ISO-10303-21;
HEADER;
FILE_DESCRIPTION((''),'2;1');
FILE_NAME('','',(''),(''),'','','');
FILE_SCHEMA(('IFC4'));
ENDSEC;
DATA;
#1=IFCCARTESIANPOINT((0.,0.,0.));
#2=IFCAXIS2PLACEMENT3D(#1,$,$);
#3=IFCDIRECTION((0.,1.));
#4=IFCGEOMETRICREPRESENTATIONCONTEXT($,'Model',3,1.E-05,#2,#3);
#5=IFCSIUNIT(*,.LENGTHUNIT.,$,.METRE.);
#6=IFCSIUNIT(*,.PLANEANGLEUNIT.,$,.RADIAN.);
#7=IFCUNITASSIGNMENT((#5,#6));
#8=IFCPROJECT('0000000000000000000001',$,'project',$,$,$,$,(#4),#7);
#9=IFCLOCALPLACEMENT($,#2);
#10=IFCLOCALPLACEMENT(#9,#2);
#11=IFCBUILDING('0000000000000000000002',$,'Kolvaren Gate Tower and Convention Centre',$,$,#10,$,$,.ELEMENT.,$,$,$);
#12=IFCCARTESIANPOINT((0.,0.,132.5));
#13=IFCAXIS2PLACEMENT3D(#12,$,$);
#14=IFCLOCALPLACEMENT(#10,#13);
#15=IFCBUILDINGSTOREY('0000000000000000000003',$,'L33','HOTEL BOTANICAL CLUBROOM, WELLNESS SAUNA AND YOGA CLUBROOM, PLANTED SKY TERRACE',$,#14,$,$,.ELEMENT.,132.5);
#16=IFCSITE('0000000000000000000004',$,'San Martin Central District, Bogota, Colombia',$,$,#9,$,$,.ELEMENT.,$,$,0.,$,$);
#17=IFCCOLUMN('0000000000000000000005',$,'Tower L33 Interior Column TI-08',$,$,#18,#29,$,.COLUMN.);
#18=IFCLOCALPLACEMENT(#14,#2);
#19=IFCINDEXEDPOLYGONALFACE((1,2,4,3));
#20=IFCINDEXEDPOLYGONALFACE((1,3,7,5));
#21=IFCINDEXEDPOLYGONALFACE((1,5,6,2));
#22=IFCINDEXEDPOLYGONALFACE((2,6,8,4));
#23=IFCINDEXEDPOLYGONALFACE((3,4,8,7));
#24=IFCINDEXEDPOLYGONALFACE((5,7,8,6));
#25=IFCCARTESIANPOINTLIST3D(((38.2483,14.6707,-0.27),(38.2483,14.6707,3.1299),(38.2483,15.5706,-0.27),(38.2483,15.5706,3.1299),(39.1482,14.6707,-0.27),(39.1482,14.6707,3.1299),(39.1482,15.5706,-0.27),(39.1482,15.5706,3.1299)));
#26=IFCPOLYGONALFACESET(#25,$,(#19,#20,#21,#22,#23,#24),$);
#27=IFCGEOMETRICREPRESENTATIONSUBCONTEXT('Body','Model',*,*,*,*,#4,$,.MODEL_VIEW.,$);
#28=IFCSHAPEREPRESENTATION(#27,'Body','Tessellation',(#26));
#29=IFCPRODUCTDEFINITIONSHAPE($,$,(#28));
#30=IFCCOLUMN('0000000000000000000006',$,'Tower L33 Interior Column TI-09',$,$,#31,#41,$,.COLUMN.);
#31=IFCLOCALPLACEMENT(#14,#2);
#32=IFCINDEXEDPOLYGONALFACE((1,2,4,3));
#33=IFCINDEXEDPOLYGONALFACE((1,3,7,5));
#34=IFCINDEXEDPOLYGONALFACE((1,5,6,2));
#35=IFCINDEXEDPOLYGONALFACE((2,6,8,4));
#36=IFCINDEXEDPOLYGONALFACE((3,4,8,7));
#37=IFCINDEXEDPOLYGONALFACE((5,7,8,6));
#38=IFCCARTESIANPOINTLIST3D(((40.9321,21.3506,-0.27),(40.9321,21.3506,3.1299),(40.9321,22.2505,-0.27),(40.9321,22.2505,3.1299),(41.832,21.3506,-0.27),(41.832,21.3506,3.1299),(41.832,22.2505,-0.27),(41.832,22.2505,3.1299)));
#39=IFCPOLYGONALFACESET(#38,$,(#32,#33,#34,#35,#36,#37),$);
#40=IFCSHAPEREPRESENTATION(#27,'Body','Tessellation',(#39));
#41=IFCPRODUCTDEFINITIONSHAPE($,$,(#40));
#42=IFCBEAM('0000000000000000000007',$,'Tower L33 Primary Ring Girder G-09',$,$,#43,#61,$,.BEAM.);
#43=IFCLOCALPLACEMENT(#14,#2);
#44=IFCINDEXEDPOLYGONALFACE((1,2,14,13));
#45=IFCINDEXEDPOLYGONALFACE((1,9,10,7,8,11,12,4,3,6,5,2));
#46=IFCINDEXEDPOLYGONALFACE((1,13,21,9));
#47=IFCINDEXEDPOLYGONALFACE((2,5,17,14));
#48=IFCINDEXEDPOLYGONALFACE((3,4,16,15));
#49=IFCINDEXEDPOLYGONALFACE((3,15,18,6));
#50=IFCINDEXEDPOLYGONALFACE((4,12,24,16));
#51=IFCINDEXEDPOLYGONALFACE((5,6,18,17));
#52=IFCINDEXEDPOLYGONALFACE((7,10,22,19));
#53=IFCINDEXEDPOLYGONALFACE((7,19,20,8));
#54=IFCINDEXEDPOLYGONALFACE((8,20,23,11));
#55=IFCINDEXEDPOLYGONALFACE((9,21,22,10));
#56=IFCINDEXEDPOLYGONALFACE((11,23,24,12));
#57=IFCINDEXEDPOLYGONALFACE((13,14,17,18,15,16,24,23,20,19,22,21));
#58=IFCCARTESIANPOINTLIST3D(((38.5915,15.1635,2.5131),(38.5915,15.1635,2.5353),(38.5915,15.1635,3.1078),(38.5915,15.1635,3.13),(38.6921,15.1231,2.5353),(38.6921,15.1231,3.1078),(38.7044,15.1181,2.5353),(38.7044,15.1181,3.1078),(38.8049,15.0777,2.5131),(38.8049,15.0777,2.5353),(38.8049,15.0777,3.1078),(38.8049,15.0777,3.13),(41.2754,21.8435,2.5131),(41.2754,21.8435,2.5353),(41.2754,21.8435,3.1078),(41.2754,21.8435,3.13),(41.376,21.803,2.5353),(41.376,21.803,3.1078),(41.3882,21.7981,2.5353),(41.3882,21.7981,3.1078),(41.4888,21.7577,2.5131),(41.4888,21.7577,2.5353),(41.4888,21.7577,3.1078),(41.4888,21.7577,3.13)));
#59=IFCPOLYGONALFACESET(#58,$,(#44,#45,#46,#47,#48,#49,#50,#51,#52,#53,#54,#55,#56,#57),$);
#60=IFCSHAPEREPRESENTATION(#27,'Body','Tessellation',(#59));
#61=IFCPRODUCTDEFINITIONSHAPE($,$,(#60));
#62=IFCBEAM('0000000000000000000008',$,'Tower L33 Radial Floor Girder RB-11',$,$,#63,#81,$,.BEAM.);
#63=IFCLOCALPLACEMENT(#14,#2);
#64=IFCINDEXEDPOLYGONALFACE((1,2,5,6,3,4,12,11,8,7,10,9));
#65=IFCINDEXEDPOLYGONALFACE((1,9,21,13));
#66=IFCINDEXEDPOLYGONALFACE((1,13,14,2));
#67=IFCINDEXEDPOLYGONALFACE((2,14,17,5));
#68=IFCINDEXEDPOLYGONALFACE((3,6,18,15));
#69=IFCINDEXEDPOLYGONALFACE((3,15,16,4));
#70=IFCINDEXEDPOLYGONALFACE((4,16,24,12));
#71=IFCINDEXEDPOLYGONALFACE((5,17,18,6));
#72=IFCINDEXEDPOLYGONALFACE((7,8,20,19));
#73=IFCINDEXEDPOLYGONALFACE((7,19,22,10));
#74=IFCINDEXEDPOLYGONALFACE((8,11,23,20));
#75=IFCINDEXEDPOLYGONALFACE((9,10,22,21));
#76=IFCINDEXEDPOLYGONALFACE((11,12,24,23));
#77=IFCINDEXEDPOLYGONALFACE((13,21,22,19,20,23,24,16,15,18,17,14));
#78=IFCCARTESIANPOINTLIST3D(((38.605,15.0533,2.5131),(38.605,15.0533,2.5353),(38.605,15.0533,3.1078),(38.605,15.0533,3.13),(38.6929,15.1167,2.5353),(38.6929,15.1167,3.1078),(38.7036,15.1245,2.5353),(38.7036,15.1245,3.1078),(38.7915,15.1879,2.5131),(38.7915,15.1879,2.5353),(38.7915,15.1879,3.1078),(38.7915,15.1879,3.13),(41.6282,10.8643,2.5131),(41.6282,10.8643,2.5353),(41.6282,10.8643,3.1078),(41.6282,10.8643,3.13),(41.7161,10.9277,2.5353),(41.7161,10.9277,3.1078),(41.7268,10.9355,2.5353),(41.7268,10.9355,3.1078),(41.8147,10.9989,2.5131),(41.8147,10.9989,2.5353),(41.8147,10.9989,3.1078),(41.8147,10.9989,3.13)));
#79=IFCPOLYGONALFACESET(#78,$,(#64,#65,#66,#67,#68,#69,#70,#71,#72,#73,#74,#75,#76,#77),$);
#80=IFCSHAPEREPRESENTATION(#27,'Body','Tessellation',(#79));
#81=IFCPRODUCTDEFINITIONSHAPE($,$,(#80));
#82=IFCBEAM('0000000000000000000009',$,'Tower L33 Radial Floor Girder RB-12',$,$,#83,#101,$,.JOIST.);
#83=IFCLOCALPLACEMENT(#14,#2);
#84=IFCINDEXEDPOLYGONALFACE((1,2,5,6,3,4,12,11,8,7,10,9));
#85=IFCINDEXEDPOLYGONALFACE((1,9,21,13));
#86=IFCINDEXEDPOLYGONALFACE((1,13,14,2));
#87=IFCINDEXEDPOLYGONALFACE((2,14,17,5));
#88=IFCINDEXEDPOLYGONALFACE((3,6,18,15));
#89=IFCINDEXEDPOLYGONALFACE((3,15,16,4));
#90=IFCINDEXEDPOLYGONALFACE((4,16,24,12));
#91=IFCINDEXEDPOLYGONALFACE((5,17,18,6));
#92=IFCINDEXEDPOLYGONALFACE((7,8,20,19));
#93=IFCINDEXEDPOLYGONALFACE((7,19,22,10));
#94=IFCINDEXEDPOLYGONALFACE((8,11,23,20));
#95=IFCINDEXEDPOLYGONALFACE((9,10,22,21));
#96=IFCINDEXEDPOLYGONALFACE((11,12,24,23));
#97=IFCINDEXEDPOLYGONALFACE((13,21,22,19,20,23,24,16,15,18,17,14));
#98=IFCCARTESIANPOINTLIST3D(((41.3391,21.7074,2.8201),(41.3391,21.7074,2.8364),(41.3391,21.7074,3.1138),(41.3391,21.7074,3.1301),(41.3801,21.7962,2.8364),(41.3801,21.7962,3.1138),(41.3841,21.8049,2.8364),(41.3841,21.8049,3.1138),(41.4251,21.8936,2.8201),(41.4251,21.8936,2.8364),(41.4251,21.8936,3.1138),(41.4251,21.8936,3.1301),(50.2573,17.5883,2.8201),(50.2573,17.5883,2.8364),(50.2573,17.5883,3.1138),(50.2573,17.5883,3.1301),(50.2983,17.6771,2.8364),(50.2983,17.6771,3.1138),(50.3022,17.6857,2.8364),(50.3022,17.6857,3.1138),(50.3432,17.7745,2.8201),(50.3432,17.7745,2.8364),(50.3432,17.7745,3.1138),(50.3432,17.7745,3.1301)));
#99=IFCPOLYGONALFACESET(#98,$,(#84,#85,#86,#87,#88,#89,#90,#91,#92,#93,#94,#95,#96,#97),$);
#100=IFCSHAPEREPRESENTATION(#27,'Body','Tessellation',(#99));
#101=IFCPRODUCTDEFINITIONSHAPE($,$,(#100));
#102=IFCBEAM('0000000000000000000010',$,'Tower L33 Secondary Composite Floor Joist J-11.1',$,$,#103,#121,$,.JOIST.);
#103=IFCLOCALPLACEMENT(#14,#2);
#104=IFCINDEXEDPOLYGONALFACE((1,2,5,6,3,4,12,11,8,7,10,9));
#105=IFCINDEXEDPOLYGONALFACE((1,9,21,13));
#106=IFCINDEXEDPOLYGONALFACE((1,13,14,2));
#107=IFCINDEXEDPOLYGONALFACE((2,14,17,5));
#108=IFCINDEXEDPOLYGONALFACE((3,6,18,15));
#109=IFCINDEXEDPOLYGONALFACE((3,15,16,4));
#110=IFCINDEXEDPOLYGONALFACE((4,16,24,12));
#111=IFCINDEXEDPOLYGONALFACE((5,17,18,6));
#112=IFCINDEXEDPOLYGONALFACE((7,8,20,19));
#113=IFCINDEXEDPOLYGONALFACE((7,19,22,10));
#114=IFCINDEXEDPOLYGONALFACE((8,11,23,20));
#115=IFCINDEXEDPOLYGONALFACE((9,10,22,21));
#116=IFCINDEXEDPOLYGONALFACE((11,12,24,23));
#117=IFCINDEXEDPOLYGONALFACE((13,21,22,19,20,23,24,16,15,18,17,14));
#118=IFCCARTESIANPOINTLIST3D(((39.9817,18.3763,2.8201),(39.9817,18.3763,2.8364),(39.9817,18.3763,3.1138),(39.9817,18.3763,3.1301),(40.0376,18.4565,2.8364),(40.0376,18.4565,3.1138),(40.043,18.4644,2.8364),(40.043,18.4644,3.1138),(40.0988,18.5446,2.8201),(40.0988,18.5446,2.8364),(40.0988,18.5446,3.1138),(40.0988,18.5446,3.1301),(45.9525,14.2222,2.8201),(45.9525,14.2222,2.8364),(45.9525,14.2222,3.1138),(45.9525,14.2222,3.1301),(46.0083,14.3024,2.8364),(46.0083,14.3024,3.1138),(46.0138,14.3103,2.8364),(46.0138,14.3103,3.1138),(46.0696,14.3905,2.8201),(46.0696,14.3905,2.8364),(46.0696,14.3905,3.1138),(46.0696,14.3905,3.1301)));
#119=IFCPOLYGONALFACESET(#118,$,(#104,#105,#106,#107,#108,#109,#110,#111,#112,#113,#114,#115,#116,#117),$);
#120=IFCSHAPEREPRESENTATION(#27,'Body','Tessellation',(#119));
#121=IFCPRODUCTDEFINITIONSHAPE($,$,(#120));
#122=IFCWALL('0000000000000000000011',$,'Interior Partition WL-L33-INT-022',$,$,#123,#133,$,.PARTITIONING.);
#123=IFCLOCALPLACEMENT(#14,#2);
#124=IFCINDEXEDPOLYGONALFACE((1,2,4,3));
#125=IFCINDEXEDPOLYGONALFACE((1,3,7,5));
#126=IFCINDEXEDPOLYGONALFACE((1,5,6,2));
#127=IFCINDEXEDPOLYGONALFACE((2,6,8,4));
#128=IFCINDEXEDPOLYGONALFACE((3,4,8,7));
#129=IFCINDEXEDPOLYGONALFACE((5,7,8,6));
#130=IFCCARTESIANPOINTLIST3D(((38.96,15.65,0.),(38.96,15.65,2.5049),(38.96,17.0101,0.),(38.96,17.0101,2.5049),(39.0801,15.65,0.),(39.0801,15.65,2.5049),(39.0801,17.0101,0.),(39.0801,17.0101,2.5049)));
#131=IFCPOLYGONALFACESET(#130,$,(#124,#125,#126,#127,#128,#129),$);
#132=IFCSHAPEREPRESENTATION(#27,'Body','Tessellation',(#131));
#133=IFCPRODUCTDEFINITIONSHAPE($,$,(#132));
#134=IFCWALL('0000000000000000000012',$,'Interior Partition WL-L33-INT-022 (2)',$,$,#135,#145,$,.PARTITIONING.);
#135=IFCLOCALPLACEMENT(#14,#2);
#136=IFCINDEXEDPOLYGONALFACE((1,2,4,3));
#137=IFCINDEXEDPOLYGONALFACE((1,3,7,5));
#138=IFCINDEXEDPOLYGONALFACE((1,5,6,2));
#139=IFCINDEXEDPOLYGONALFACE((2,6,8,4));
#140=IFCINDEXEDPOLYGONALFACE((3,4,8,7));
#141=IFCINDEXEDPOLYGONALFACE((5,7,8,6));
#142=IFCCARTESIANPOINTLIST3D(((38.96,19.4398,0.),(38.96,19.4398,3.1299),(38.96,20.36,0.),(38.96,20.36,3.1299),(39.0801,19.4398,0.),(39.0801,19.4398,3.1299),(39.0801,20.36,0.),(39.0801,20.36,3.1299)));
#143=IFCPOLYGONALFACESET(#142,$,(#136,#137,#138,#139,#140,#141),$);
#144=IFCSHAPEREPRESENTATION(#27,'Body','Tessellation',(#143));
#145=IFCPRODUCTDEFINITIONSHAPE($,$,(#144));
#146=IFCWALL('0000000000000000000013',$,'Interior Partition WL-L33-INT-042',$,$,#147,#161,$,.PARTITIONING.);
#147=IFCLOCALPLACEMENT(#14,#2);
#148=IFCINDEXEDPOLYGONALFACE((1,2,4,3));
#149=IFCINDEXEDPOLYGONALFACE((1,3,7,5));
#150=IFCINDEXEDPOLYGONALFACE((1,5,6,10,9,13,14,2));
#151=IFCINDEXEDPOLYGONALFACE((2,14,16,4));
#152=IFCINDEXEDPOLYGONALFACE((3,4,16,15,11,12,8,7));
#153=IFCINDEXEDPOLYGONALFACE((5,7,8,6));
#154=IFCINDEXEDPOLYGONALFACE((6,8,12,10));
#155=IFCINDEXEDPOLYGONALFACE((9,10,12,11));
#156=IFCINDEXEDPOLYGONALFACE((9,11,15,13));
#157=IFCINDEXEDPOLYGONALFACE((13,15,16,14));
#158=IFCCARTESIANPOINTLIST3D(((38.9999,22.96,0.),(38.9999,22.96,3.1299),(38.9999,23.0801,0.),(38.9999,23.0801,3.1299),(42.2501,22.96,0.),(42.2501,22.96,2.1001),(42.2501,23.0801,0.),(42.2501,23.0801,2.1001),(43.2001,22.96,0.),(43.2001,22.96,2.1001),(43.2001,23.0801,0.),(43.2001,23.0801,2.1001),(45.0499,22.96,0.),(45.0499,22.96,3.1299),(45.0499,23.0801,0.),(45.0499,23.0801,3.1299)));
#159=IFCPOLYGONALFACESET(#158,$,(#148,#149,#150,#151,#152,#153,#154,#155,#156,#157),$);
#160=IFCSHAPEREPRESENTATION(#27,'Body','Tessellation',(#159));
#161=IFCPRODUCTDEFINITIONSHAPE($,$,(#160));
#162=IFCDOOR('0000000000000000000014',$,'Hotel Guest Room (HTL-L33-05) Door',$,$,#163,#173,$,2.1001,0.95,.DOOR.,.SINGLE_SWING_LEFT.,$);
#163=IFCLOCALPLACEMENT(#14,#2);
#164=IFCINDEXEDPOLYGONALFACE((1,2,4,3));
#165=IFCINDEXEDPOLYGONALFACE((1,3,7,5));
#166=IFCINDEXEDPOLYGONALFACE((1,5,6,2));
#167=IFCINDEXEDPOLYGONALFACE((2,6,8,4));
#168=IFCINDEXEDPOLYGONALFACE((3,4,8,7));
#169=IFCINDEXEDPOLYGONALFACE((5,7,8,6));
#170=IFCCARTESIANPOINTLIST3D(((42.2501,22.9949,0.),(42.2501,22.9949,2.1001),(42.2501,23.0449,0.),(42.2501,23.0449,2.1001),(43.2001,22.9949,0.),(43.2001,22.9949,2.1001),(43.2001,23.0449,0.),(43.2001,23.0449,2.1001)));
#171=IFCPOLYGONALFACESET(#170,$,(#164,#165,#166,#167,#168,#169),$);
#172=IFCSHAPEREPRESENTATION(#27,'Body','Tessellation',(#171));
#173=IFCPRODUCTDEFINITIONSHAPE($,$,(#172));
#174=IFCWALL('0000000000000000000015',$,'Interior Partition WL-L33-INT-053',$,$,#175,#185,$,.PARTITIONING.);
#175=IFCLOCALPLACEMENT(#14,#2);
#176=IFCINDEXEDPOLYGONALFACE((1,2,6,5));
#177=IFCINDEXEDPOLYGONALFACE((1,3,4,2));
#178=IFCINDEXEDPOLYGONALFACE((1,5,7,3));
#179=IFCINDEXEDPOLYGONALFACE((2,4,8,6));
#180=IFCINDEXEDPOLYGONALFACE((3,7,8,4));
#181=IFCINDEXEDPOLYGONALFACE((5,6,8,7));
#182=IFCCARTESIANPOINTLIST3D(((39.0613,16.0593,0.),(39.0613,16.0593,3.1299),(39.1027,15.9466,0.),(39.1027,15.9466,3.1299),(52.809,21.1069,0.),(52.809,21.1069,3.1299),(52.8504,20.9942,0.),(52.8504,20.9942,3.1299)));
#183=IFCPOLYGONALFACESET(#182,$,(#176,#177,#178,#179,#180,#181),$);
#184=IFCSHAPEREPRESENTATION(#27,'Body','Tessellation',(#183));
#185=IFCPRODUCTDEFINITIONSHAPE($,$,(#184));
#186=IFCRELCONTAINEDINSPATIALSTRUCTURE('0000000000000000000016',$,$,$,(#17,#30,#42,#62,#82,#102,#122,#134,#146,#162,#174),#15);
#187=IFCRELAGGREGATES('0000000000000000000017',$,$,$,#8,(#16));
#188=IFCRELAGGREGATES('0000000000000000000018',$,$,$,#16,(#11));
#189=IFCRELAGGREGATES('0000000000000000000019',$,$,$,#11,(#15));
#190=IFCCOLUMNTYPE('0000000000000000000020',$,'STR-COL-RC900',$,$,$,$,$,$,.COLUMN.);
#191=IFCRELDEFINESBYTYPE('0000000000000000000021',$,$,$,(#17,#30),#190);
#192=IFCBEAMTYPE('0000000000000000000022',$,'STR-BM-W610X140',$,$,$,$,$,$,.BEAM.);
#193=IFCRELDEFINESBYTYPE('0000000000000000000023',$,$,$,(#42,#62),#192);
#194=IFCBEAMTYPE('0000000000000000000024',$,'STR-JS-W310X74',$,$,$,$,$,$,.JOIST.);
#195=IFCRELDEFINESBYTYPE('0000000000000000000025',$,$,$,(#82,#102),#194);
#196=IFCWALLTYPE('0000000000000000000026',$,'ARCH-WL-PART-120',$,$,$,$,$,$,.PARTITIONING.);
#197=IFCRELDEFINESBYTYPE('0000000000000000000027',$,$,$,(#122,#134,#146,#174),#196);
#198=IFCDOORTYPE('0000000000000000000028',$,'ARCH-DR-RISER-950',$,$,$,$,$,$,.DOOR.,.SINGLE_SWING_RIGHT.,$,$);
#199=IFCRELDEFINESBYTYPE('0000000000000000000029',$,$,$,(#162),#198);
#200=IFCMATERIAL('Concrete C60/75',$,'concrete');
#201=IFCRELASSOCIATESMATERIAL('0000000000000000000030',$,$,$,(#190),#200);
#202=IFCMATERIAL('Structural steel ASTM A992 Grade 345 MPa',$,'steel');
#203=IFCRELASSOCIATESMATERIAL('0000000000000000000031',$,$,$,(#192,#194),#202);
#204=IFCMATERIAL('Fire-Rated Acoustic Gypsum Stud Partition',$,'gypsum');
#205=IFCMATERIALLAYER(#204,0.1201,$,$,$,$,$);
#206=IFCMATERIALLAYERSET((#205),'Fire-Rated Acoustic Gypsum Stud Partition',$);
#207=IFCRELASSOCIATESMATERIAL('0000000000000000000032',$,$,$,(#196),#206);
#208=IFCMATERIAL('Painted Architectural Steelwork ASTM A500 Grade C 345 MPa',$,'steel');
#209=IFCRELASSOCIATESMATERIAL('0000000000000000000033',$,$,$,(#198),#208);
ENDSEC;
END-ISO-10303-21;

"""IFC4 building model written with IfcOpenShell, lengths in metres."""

from ifc_helpers import new_model, si_unit, direction, frame, frame_2d, origin, origin_2d, place, context, subcontext, project, spatial, rectangle, i_section, extrude, material, layer, layer_set, material_profile, profile_set, type_object, element, fill, save


model = new_model("IFC4")

# Units and contexts
model_context = context("Model", 3, precision=1e-05, world=origin(), true_north=direction((0.0, 1.0)))
body_context = subcontext(model_context, "Body", "Model", "MODEL_VIEW")
ifc_project = project(units=[si_unit("LENGTHUNIT", "METRE"), si_unit("PLANEANGLEUNIT", "RADIAN")], contexts=[model_context])

# Site, building, storey
site_placement = place(None, origin())
site = spatial("IfcSite", under=ifc_project, at=site_placement, Name="San Martin Central District, Bogota, Colombia", CompositionType="ELEMENT", RefElevation=0.0)
building_placement = place(site_placement, origin())
building = spatial("IfcBuilding", under=site, at=building_placement, Name="Kolvaren Gate Tower and Convention Centre", CompositionType="ELEMENT")
storey_placement = place(building_placement, frame((0.0, 0.0, 132.5)))
storey = spatial("IfcBuildingStorey", under=building, at=storey_placement, Name="L33", Description="HOTEL BOTANICAL CLUBROOM, WELLNESS SAUNA AND YOGA CLUBROOM, PLANTED SKY TERRACE", CompositionType="ELEMENT", Elevation=132.5)

# Columns
ifc_material_1 = material(Name="Concrete C60/75", Category="concrete")
ifc_material_profile_1 = material_profile(ifc_material_1, rectangle(XDim=0.8999, YDim=0.8999, at=origin_2d()), Name="RC-COL-900X900")
ifc_profile_set_1 = profile_set([ifc_material_profile_1], Name="Concrete C60/75")
column_type = type_object("IfcColumnType", Name="STR-COL-RC900", PredefinedType="COLUMN", material=ifc_profile_set_1)
for number, where, z_axis, x_axis, name in (
    (1, (38.6982, 15.1206, -0.27), (0.0, 0.0, 1.0), (1.0, 0.0, 0.0), "Tower L33 Interior Column TI-08"),
    (2, (41.3821, 21.8005, -0.27), (0.0, 0.0, 1.0), (1.0, 0.0, 0.0), "Tower L33 Interior Column TI-09"),
):
    element("IfcColumn", number, at=place(storey_placement, frame(where, z_axis=z_axis, x_axis=x_axis)), inside=storey, type_object=column_type, Name=name, PredefinedType="COLUMN", context=body_context, shape_type="SweptSolid", body=[
        extrude(rectangle(XDim=0.8999, YDim=0.8999, at=origin_2d()), origin(), (0.0, 0.0, 1.0), 3.3999),
    ])

# Beams
ifc_material_2 = material(Name="Structural steel ASTM A992 Grade 345 MPa", Category="steel")
ifc_material_profile_2 = material_profile(ifc_material_2, i_section(OverallWidth=0.23, OverallDepth=0.6169, WebThickness=0.0132, FlangeThickness=0.0222, at=origin_2d()), Name="W610X140")
ifc_profile_set_2 = profile_set([ifc_material_profile_2], Name="Structural steel ASTM A992 Grade 345 MPa")
beam_type_1 = type_object("IfcBeamType", Name="STR-BM-W610X140", PredefinedType="BEAM", material=ifc_profile_set_2)
beam_1_placement = place(storey_placement, frame((38.6982, 15.1206, 2.8215), z_axis=(0.372811, 0.927907, 0.0), x_axis=(-0.927907, 0.372811, 0.0)))
element("IfcBeam", 3, at=beam_1_placement, inside=storey, type_object=beam_type_1, Name="Tower L33 Primary Ring Girder G-09", PredefinedType="BEAM", context=body_context, shape_type="SweptSolid", body=[
    extrude(i_section(OverallWidth=0.23, OverallDepth=0.6169, WebThickness=0.0132, FlangeThickness=0.0222, at=origin_2d()), origin(), (0.0, 0.0, 1.0), 7.199),
])
beam_2_placement = place(storey_placement, frame((38.6982, 15.1206, 2.8215), z_axis=(0.585214, -0.810879, 0.0), x_axis=(0.810879, 0.585214, 0.0)))
element("IfcBeam", 4, at=beam_2_placement, inside=storey, type_object=beam_type_1, Name="Tower L33 Radial Floor Girder RB-11", PredefinedType="BEAM", context=body_context, shape_type="SweptSolid", body=[
    extrude(i_section(OverallWidth=0.23, OverallDepth=0.6169, WebThickness=0.0132, FlangeThickness=0.0222, at=origin_2d()), origin(), (0.0, 0.0, 1.0), 5.166),
])
ifc_material_profile_3 = material_profile(ifc_material_2, i_section(OverallWidth=0.2051, OverallDepth=0.3101, WebThickness=0.0095, FlangeThickness=0.0164, at=origin_2d()), Name="W310X74")
ifc_profile_set_3 = profile_set([ifc_material_profile_3], Name="Structural steel ASTM A992 Grade 345 MPa")
beam_type_2 = type_object("IfcBeamType", Name="STR-JS-W310X74", PredefinedType="JOIST", material=ifc_profile_set_3)
beam_3_placement = place(storey_placement, frame((41.3821, 21.8005, 2.9751), z_axis=(0.907842, -0.419313, 0.0), x_axis=(0.419313, 0.907842, 0.0)))
element("IfcBeam", 5, at=beam_3_placement, inside=storey, type_object=beam_type_2, Name="Tower L33 Radial Floor Girder RB-12", PredefinedType="JOIST", context=body_context, shape_type="SweptSolid", body=[
    extrude(i_section(OverallWidth=0.2051, OverallDepth=0.3101, WebThickness=0.0095, FlangeThickness=0.0164, at=origin_2d()), origin(), (0.0, 0.0, 1.0), 9.8235),
])
beam_4_placement = place(storey_placement, frame((40.0403, 18.4604, 2.9751), z_axis=(0.820872, -0.571113, 0.0), x_axis=(0.571113, 0.820872, 0.0)))
element("IfcBeam", 6, at=beam_4_placement, inside=storey, type_object=beam_type_2, Name="Tower L33 Secondary Composite Floor Joist J-11.1", PredefinedType="JOIST", context=body_context, shape_type="SweptSolid", body=[
    extrude(i_section(OverallWidth=0.2051, OverallDepth=0.3101, WebThickness=0.0095, FlangeThickness=0.0164, at=origin_2d()), origin(), (0.0, 0.0, 1.0), 7.2737),
])

# Walls
ifc_material_3 = material(Name="Fire-Rated Acoustic Gypsum Stud Partition", Category="gypsum")
ifc_layer_1 = layer(ifc_material_3, 0.1201)
ifc_layer_set_1 = layer_set([ifc_layer_1], Name="Fire-Rated Acoustic Gypsum Stud Partition")
wall_type_1 = type_object("IfcWallType", Name="ARCH-WL-PART-120", PredefinedType="PARTITIONING", material=ifc_layer_set_1)
wall_1_placement = place(storey_placement, frame((39.02, 15.6499, 0.0), z_axis=(0.0, 0.0, 1.0), x_axis=(0.0, 1.0, 0.0)))
element("IfcWall", 7, at=wall_1_placement, inside=storey, type_object=wall_type_1, Name="Interior Partition WL-L33-INT-022", PredefinedType="PARTITIONING", context=body_context, shape_type="SweptSolid", body=[
    extrude(rectangle(XDim=1.3601, YDim=0.1201, at=frame_2d((0.6802, 0.0))), origin(), (0.0, 0.0, 1.0), 2.5049),
])
wall_2_placement = place(storey_placement, frame((39.02, 19.4399, 0.0), z_axis=(0.0, 0.0, 1.0), x_axis=(0.0, 1.0, 0.0)))
element("IfcWall", 8, at=wall_2_placement, inside=storey, type_object=wall_type_1, Name="Interior Partition WL-L33-INT-022 (2)", PredefinedType="PARTITIONING", context=body_context, shape_type="SweptSolid", body=[
    extrude(rectangle(XDim=0.9202, YDim=0.1201, at=frame_2d((0.46, 0.0))), origin(), (0.0, 0.0, 1.0), 3.1299),
])

# Wall, opening, door
wall_3_placement = place(storey_placement, frame((39.0, 23.02, 0.0), z_axis=(0.0, 0.0, 1.0), x_axis=(1.0, 0.0, 0.0)))
wall_3 = element("IfcWall", 9, at=wall_3_placement, inside=storey, type_object=wall_type_1, Name="Interior Partition WL-L33-INT-042", PredefinedType="PARTITIONING", context=body_context, shape_type="SweptSolid", body=[
    extrude(rectangle(XDim=6.05, YDim=0.1201, at=frame_2d((3.0249, 0.0))), origin(), (0.0, 0.0, 1.0), 3.1299),
])
opening_1_placement = place(wall_3_placement, frame((3.25, 0.0, 0.0)))
opening_1 = element("IfcOpeningElement", 10, at=opening_1_placement, cuts=wall_3, PredefinedType="OPENING", context=body_context, shape_type="SweptSolid", body=[
    extrude(rectangle(XDim=0.95, YDim=2.1001, at=frame_2d((0.4751, 1.05))), frame((0.0, 0.0701, 0.0), z_axis=(0.0, -1.0, 0.0), x_axis=(1.0, 0.0, 0.0)), (0.0, 0.0, 1.0), 0.1401),
])
ifc_material_4 = material(Name="Painted Architectural Steelwork ASTM A500 Grade C 345 MPa", Category="steel")
door_type_1 = type_object("IfcDoorType", Name="ARCH-DR-RISER-950", OperationType="SINGLE_SWING_RIGHT", PredefinedType="DOOR", material=ifc_material_4)
door_1_placement = place(opening_1_placement, origin())
door_1 = element("IfcDoor", 11, at=door_1_placement, inside=storey, type_object=door_type_1, Name="Hotel Guest Room (HTL-L33-05) Door", OperationType="SINGLE_SWING_LEFT", OverallHeight=2.1001, OverallWidth=0.95, PredefinedType="DOOR", context=body_context, shape_type="SweptSolid", body=[
    extrude(rectangle(XDim=0.95, YDim=2.1001, at=frame_2d((0.4751, 1.05))), frame((0.0, 0.0249, 0.0), z_axis=(0.0, -1.0, 0.0), x_axis=(1.0, 0.0, 0.0)), (0.0, 0.0, 1.0), 0.05),
])
fill(opening_1, door_1)

# Wall
wall_4_placement = place(storey_placement, frame((39.082, 16.0029, 0.0), z_axis=(0.0, 0.0, 1.0), x_axis=(0.938725, 0.344666, 0.0)))
element("IfcWall", 12, at=wall_4_placement, inside=storey, type_object=wall_type_1, Name="Interior Partition WL-L33-INT-053", PredefinedType="PARTITIONING", context=body_context, shape_type="SweptSolid", body=[
    extrude(rectangle(XDim=14.645, YDim=0.1201, at=frame_2d((7.3225, 0.0))), origin(), (0.0, 0.0, 1.0), 3.1299),
])

save(model, "model.ifc")
